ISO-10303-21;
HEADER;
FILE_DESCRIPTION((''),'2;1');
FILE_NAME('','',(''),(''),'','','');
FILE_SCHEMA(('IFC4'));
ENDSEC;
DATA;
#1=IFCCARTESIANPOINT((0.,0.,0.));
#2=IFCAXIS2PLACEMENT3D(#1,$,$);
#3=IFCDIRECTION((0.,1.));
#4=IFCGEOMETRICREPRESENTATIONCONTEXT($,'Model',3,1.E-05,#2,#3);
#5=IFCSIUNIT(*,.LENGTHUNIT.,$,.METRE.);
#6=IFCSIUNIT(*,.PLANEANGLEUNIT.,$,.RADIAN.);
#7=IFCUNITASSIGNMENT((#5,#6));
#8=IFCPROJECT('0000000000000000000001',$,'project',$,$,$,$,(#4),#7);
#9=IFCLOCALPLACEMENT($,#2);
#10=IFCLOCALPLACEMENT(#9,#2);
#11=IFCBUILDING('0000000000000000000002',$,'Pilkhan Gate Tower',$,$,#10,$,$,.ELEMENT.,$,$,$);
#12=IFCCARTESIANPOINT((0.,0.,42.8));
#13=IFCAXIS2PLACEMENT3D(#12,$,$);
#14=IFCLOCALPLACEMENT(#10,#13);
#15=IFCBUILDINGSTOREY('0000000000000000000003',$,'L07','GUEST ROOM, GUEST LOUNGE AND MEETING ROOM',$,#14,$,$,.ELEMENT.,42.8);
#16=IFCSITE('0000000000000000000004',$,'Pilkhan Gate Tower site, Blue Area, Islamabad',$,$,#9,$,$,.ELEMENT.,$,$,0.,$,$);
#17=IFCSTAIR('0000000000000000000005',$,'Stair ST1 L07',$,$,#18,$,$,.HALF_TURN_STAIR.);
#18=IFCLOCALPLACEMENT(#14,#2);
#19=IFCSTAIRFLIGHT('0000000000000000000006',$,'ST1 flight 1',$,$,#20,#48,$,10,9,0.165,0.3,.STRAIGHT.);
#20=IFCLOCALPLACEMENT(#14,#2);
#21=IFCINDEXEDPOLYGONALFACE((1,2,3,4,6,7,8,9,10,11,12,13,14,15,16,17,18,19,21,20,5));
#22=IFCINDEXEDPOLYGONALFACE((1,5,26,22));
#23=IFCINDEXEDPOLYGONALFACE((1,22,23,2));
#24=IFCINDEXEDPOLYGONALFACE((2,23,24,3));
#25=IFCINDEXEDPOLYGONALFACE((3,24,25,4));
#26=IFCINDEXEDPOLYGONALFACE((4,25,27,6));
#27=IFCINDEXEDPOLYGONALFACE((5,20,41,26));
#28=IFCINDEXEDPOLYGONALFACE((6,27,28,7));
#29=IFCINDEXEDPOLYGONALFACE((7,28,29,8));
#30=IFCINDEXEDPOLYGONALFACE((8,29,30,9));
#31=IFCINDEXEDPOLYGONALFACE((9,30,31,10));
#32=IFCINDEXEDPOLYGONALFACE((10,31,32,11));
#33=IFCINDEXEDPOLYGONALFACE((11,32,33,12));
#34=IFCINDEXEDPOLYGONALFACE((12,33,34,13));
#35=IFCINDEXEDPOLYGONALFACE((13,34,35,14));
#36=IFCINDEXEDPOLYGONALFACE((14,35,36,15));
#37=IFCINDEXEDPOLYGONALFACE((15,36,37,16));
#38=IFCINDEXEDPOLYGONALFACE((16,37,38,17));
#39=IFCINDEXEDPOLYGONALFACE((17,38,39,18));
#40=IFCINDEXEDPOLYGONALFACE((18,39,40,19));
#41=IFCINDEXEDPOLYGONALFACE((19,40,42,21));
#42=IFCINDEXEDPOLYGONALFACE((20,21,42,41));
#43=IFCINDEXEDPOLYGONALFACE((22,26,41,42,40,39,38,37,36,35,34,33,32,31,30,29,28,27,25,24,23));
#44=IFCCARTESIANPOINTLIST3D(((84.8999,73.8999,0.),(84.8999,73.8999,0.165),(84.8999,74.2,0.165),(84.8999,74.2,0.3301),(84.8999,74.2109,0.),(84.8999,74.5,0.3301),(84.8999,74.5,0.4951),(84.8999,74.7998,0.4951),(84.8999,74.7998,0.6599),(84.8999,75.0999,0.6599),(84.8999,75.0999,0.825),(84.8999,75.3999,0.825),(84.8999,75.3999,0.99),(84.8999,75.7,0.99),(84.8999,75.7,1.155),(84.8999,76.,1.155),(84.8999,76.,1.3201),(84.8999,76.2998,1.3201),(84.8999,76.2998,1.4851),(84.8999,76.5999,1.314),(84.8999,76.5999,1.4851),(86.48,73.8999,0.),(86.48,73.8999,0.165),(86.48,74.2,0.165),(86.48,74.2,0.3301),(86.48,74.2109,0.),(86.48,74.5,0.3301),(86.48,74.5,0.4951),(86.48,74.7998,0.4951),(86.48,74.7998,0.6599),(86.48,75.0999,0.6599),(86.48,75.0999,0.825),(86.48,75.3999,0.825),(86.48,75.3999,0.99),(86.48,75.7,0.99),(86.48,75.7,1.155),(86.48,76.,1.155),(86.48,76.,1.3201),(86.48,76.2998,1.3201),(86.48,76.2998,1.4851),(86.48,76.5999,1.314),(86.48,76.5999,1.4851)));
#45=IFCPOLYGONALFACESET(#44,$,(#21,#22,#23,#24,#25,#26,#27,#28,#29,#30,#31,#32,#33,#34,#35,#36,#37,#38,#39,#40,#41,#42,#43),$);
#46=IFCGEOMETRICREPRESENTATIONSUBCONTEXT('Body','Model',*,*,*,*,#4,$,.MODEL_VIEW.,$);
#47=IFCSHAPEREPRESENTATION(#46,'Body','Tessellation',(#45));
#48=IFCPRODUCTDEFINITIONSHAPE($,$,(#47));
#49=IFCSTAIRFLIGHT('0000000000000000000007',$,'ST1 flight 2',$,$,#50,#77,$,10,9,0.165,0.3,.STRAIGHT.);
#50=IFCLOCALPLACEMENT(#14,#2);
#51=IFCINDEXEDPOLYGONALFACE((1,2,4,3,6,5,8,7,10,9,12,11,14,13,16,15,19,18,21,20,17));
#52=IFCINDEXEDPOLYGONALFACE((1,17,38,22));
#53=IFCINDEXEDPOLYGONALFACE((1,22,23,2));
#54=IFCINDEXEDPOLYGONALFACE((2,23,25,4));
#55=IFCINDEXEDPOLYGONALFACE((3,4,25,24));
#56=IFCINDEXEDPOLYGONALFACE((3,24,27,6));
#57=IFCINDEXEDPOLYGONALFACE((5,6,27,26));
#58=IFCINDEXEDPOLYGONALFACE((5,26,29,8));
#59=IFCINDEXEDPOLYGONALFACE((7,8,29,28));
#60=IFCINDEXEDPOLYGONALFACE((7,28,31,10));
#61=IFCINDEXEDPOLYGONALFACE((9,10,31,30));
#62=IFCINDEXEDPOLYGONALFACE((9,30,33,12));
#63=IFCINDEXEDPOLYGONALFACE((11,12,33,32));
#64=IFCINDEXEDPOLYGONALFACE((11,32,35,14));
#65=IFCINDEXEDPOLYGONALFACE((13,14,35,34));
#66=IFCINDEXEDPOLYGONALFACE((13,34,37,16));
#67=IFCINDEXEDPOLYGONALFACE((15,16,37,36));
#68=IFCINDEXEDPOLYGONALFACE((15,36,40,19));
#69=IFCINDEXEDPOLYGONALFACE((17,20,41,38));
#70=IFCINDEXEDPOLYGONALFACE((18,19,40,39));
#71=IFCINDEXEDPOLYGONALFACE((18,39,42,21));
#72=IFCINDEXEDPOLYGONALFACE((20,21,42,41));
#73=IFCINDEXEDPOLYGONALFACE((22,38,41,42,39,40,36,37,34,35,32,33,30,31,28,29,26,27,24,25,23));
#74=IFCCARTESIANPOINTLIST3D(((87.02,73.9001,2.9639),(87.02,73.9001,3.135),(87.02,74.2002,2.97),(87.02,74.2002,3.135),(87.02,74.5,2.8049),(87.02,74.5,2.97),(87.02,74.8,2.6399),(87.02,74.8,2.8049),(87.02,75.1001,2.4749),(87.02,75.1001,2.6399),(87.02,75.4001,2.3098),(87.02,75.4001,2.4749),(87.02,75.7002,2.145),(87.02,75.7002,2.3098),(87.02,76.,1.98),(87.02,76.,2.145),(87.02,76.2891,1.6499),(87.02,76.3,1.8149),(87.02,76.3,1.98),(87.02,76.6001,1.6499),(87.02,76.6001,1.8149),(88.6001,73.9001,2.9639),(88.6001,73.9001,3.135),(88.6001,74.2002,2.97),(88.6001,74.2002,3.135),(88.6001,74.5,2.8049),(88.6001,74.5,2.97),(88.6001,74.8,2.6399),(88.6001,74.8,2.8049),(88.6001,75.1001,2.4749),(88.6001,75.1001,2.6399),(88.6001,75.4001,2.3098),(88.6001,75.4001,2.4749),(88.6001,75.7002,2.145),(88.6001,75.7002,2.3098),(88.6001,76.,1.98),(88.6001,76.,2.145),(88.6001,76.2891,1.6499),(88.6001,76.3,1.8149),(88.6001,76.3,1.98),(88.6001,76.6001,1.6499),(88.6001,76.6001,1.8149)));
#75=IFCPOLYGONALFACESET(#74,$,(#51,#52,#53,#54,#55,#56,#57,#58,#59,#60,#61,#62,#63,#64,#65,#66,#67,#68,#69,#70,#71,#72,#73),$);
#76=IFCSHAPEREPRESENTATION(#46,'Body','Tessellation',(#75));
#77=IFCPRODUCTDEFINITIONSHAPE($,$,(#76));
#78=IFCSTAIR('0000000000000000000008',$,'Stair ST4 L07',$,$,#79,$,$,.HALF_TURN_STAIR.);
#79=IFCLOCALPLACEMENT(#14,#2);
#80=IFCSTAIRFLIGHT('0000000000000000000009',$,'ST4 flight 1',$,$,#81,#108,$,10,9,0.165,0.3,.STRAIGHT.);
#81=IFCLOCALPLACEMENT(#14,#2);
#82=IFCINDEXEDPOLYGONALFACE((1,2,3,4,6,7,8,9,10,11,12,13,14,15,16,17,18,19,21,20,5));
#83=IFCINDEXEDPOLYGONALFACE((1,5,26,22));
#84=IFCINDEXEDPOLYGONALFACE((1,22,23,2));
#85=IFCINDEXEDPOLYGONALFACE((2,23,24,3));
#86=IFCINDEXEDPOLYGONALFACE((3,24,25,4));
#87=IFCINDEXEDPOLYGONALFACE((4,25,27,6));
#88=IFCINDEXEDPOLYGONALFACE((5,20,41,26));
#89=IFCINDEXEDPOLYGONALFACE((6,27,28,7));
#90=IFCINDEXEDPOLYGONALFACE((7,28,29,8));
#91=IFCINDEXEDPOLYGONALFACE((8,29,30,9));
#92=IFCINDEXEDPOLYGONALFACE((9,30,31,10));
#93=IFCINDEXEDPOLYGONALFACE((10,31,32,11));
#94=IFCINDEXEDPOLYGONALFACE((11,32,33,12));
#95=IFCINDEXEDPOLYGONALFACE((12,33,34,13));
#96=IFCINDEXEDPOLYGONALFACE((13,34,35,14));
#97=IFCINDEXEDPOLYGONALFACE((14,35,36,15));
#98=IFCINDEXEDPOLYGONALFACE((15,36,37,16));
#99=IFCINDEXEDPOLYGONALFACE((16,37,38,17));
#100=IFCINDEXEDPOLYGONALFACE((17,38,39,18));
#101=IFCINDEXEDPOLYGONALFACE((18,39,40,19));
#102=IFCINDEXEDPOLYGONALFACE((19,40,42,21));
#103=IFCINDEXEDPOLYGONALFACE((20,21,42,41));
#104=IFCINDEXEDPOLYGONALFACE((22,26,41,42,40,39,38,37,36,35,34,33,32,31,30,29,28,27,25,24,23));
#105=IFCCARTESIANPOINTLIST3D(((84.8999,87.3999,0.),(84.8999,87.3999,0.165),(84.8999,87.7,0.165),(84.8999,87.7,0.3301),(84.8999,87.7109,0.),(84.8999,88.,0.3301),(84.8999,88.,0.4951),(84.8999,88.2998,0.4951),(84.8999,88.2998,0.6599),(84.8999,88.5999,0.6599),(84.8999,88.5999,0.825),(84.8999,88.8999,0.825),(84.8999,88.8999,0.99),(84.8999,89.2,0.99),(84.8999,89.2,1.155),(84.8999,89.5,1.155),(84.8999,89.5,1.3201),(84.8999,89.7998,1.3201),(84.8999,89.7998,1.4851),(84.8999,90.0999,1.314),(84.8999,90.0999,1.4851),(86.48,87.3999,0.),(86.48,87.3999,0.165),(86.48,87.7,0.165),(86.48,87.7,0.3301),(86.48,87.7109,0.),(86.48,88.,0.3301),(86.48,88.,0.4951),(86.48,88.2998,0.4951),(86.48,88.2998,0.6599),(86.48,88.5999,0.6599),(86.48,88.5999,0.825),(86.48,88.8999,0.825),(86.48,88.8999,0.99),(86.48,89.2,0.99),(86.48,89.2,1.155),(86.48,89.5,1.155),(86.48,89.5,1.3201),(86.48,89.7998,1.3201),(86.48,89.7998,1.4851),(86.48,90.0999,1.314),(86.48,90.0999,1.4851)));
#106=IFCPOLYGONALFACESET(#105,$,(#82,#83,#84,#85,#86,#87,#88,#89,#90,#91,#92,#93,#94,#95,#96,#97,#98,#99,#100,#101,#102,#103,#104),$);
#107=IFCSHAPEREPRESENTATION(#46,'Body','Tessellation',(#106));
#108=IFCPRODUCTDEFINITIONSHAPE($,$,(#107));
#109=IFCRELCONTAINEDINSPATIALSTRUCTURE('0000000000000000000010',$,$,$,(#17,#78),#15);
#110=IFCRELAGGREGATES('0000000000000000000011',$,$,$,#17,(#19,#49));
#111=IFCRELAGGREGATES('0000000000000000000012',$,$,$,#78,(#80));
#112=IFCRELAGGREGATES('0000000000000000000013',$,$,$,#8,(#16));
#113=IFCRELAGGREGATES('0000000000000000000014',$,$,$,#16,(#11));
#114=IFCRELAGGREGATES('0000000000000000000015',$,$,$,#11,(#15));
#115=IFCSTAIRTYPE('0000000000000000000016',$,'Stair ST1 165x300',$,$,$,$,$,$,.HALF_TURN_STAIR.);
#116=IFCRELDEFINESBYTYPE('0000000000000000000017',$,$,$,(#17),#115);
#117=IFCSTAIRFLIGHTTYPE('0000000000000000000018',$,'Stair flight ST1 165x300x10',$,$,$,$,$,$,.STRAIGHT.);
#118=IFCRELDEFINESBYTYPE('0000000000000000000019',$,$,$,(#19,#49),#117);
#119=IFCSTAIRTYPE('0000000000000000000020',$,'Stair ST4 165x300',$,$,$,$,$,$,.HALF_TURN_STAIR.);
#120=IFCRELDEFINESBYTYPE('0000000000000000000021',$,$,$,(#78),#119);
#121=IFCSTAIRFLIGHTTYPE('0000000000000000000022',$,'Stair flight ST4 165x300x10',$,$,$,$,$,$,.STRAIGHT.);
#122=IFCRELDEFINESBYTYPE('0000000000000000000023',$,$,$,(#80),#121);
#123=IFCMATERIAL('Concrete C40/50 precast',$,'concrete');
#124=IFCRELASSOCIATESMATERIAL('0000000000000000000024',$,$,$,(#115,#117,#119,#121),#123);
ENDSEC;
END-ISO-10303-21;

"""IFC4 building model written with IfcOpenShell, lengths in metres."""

from ifc_helpers import new_model, si_unit, direction, frame, origin, place, context, subcontext, project, spatial, polyline, outline, extrude, material, type_object, element, aggregate, save


model = new_model("IFC4")

# Units and contexts
model_context = context("Model", 3, precision=1e-05, world=origin(), true_north=direction((0.0, 1.0)))
body_context = subcontext(model_context, "Body", "Model", "MODEL_VIEW")
ifc_project = project(units=[si_unit("LENGTHUNIT", "METRE"), si_unit("PLANEANGLEUNIT", "RADIAN")], contexts=[model_context])

# Site, building, storey
site_placement = place(None, origin())
site = spatial("IfcSite", under=ifc_project, at=site_placement, Name="Pilkhan Gate Tower site, Blue Area, Islamabad", CompositionType="ELEMENT", RefElevation=0.0)
building_placement = place(site_placement, origin())
building = spatial("IfcBuilding", under=site, at=building_placement, Name="Pilkhan Gate Tower", CompositionType="ELEMENT")
storey_placement = place(building_placement, frame((0.0, 0.0, 42.8)))
storey = spatial("IfcBuildingStorey", under=building, at=storey_placement, Name="L07", Description="GUEST ROOM, GUEST LOUNGE AND MEETING ROOM", CompositionType="ELEMENT", Elevation=42.8)

# Stair, stair flights
ifc_material_1 = material(Name="Concrete C40/50 precast", Category="concrete")
stair_type_1 = type_object("IfcStairType", Name="Stair ST1 165x300", PredefinedType="HALF_TURN_STAIR", material=ifc_material_1)
stair_1_placement = place(storey_placement, origin())
stair_1 = element("IfcStair", 1, at=stair_1_placement, inside=storey, type_object=stair_type_1, Name="Stair ST1 L07", PredefinedType="HALF_TURN_STAIR")
stair_flight_type_1 = type_object("IfcStairFlightType", Name="Stair flight ST1 165x300x10", PredefinedType="STRAIGHT", material=ifc_material_1)
stair_flight_1_placement = place(storey_placement, frame((85.6899, 73.8999, 0.0), z_axis=(0.0, 0.0, 1.0), x_axis=(0.0, 1.0, 0.0)))
stair_flight_1 = element("IfcStairFlight", 2, at=stair_flight_1_placement, type_object=stair_flight_type_1, Name="ST1 flight 1", NumberOfRisers=10, NumberOfTreads=9, PredefinedType="STRAIGHT", RiserHeight=0.165, TreadLength=0.3, context=body_context, shape_type="SweptSolid", body=[
    extrude(outline(polyline([(0.0, 0.0), (0.0, 0.165), (0.3, 0.165), (0.3, 0.3301), (0.6001, 0.3301), (0.6001, 0.4951), (0.8999, 0.4951), (0.8999, 0.6599), (1.2, 0.6599), (1.2, 0.825), (1.5, 0.825), (1.5, 0.99), (1.8, 0.99), (1.8, 1.155), (2.1001, 1.155), (2.1001, 1.3201), (2.3999, 1.3201), (2.3999, 1.4851), (2.7, 1.4851), (2.7, 1.6499), (2.7, 1.314), (0.311, 0.0), (0.0, 0.0)])), frame((0.0, 0.79, 0.0), z_axis=(0.0, -1.0, 0.0), x_axis=(1.0, 0.0, 0.0)), (0.0, 0.0, 1.0), 1.5801),
])
stair_flight_2_placement = place(storey_placement, frame((87.8101, 76.6001, 1.6499), z_axis=(0.0, 0.0, 1.0), x_axis=(0.0, -1.0, 0.0)))
stair_flight_2 = element("IfcStairFlight", 3, at=stair_flight_2_placement, type_object=stair_flight_type_1, Name="ST1 flight 2", NumberOfRisers=10, NumberOfTreads=9, PredefinedType="STRAIGHT", RiserHeight=0.165, TreadLength=0.3, context=body_context, shape_type="SweptSolid", body=[
    extrude(outline(polyline([(0.0, 0.0), (0.0, 0.165), (0.3, 0.165), (0.3, 0.3301), (0.6001, 0.3301), (0.6001, 0.4951), (0.8999, 0.4951), (0.8999, 0.6599), (1.2, 0.6599), (1.2, 0.825), (1.5, 0.825), (1.5, 0.99), (1.8, 0.99), (1.8, 1.155), (2.1001, 1.155), (2.1001, 1.3201), (2.3999, 1.3201), (2.3999, 1.4851), (2.7, 1.4851), (2.7, 1.6499), (2.7, 1.314), (0.311, 0.0), (0.0, 0.0)])), frame((0.0, 0.79, 0.0), z_axis=(0.0, -1.0, 0.0), x_axis=(1.0, 0.0, 0.0)), (0.0, 0.0, 1.0), 1.5801),
])
aggregate(stair_1, [stair_flight_1, stair_flight_2])

# Stair, stair flight
stair_type_2 = type_object("IfcStairType", Name="Stair ST4 165x300", PredefinedType="HALF_TURN_STAIR", material=ifc_material_1)
stair_2_placement = place(storey_placement, origin())
stair_2 = element("IfcStair", 4, at=stair_2_placement, inside=storey, type_object=stair_type_2, Name="Stair ST4 L07", PredefinedType="HALF_TURN_STAIR")
stair_flight_type_2 = type_object("IfcStairFlightType", Name="Stair flight ST4 165x300x10", PredefinedType="STRAIGHT", material=ifc_material_1)
stair_flight_3_placement = place(storey_placement, frame((85.6899, 87.3999, 0.0), z_axis=(0.0, 0.0, 1.0), x_axis=(0.0, 1.0, 0.0)))
stair_flight_3 = element("IfcStairFlight", 5, at=stair_flight_3_placement, type_object=stair_flight_type_2, Name="ST4 flight 1", NumberOfRisers=10, NumberOfTreads=9, PredefinedType="STRAIGHT", RiserHeight=0.165, TreadLength=0.3, context=body_context, shape_type="SweptSolid", body=[
    extrude(outline(polyline([(0.0, 0.0), (0.0, 0.165), (0.3, 0.165), (0.3, 0.3301), (0.6001, 0.3301), (0.6001, 0.4951), (0.8999, 0.4951), (0.8999, 0.6599), (1.2, 0.6599), (1.2, 0.825), (1.5, 0.825), (1.5, 0.99), (1.8, 0.99), (1.8, 1.155), (2.1001, 1.155), (2.1001, 1.3201), (2.3999, 1.3201), (2.3999, 1.4851), (2.7, 1.4851), (2.7, 1.6499), (2.7, 1.314), (0.311, 0.0), (0.0, 0.0)])), frame((0.0, 0.79, 0.0), z_axis=(0.0, -1.0, 0.0), x_axis=(1.0, 0.0, 0.0)), (0.0, 0.0, 1.0), 1.5801),
])
aggregate(stair_2, [stair_flight_3])

save(model, "model.ifc")
